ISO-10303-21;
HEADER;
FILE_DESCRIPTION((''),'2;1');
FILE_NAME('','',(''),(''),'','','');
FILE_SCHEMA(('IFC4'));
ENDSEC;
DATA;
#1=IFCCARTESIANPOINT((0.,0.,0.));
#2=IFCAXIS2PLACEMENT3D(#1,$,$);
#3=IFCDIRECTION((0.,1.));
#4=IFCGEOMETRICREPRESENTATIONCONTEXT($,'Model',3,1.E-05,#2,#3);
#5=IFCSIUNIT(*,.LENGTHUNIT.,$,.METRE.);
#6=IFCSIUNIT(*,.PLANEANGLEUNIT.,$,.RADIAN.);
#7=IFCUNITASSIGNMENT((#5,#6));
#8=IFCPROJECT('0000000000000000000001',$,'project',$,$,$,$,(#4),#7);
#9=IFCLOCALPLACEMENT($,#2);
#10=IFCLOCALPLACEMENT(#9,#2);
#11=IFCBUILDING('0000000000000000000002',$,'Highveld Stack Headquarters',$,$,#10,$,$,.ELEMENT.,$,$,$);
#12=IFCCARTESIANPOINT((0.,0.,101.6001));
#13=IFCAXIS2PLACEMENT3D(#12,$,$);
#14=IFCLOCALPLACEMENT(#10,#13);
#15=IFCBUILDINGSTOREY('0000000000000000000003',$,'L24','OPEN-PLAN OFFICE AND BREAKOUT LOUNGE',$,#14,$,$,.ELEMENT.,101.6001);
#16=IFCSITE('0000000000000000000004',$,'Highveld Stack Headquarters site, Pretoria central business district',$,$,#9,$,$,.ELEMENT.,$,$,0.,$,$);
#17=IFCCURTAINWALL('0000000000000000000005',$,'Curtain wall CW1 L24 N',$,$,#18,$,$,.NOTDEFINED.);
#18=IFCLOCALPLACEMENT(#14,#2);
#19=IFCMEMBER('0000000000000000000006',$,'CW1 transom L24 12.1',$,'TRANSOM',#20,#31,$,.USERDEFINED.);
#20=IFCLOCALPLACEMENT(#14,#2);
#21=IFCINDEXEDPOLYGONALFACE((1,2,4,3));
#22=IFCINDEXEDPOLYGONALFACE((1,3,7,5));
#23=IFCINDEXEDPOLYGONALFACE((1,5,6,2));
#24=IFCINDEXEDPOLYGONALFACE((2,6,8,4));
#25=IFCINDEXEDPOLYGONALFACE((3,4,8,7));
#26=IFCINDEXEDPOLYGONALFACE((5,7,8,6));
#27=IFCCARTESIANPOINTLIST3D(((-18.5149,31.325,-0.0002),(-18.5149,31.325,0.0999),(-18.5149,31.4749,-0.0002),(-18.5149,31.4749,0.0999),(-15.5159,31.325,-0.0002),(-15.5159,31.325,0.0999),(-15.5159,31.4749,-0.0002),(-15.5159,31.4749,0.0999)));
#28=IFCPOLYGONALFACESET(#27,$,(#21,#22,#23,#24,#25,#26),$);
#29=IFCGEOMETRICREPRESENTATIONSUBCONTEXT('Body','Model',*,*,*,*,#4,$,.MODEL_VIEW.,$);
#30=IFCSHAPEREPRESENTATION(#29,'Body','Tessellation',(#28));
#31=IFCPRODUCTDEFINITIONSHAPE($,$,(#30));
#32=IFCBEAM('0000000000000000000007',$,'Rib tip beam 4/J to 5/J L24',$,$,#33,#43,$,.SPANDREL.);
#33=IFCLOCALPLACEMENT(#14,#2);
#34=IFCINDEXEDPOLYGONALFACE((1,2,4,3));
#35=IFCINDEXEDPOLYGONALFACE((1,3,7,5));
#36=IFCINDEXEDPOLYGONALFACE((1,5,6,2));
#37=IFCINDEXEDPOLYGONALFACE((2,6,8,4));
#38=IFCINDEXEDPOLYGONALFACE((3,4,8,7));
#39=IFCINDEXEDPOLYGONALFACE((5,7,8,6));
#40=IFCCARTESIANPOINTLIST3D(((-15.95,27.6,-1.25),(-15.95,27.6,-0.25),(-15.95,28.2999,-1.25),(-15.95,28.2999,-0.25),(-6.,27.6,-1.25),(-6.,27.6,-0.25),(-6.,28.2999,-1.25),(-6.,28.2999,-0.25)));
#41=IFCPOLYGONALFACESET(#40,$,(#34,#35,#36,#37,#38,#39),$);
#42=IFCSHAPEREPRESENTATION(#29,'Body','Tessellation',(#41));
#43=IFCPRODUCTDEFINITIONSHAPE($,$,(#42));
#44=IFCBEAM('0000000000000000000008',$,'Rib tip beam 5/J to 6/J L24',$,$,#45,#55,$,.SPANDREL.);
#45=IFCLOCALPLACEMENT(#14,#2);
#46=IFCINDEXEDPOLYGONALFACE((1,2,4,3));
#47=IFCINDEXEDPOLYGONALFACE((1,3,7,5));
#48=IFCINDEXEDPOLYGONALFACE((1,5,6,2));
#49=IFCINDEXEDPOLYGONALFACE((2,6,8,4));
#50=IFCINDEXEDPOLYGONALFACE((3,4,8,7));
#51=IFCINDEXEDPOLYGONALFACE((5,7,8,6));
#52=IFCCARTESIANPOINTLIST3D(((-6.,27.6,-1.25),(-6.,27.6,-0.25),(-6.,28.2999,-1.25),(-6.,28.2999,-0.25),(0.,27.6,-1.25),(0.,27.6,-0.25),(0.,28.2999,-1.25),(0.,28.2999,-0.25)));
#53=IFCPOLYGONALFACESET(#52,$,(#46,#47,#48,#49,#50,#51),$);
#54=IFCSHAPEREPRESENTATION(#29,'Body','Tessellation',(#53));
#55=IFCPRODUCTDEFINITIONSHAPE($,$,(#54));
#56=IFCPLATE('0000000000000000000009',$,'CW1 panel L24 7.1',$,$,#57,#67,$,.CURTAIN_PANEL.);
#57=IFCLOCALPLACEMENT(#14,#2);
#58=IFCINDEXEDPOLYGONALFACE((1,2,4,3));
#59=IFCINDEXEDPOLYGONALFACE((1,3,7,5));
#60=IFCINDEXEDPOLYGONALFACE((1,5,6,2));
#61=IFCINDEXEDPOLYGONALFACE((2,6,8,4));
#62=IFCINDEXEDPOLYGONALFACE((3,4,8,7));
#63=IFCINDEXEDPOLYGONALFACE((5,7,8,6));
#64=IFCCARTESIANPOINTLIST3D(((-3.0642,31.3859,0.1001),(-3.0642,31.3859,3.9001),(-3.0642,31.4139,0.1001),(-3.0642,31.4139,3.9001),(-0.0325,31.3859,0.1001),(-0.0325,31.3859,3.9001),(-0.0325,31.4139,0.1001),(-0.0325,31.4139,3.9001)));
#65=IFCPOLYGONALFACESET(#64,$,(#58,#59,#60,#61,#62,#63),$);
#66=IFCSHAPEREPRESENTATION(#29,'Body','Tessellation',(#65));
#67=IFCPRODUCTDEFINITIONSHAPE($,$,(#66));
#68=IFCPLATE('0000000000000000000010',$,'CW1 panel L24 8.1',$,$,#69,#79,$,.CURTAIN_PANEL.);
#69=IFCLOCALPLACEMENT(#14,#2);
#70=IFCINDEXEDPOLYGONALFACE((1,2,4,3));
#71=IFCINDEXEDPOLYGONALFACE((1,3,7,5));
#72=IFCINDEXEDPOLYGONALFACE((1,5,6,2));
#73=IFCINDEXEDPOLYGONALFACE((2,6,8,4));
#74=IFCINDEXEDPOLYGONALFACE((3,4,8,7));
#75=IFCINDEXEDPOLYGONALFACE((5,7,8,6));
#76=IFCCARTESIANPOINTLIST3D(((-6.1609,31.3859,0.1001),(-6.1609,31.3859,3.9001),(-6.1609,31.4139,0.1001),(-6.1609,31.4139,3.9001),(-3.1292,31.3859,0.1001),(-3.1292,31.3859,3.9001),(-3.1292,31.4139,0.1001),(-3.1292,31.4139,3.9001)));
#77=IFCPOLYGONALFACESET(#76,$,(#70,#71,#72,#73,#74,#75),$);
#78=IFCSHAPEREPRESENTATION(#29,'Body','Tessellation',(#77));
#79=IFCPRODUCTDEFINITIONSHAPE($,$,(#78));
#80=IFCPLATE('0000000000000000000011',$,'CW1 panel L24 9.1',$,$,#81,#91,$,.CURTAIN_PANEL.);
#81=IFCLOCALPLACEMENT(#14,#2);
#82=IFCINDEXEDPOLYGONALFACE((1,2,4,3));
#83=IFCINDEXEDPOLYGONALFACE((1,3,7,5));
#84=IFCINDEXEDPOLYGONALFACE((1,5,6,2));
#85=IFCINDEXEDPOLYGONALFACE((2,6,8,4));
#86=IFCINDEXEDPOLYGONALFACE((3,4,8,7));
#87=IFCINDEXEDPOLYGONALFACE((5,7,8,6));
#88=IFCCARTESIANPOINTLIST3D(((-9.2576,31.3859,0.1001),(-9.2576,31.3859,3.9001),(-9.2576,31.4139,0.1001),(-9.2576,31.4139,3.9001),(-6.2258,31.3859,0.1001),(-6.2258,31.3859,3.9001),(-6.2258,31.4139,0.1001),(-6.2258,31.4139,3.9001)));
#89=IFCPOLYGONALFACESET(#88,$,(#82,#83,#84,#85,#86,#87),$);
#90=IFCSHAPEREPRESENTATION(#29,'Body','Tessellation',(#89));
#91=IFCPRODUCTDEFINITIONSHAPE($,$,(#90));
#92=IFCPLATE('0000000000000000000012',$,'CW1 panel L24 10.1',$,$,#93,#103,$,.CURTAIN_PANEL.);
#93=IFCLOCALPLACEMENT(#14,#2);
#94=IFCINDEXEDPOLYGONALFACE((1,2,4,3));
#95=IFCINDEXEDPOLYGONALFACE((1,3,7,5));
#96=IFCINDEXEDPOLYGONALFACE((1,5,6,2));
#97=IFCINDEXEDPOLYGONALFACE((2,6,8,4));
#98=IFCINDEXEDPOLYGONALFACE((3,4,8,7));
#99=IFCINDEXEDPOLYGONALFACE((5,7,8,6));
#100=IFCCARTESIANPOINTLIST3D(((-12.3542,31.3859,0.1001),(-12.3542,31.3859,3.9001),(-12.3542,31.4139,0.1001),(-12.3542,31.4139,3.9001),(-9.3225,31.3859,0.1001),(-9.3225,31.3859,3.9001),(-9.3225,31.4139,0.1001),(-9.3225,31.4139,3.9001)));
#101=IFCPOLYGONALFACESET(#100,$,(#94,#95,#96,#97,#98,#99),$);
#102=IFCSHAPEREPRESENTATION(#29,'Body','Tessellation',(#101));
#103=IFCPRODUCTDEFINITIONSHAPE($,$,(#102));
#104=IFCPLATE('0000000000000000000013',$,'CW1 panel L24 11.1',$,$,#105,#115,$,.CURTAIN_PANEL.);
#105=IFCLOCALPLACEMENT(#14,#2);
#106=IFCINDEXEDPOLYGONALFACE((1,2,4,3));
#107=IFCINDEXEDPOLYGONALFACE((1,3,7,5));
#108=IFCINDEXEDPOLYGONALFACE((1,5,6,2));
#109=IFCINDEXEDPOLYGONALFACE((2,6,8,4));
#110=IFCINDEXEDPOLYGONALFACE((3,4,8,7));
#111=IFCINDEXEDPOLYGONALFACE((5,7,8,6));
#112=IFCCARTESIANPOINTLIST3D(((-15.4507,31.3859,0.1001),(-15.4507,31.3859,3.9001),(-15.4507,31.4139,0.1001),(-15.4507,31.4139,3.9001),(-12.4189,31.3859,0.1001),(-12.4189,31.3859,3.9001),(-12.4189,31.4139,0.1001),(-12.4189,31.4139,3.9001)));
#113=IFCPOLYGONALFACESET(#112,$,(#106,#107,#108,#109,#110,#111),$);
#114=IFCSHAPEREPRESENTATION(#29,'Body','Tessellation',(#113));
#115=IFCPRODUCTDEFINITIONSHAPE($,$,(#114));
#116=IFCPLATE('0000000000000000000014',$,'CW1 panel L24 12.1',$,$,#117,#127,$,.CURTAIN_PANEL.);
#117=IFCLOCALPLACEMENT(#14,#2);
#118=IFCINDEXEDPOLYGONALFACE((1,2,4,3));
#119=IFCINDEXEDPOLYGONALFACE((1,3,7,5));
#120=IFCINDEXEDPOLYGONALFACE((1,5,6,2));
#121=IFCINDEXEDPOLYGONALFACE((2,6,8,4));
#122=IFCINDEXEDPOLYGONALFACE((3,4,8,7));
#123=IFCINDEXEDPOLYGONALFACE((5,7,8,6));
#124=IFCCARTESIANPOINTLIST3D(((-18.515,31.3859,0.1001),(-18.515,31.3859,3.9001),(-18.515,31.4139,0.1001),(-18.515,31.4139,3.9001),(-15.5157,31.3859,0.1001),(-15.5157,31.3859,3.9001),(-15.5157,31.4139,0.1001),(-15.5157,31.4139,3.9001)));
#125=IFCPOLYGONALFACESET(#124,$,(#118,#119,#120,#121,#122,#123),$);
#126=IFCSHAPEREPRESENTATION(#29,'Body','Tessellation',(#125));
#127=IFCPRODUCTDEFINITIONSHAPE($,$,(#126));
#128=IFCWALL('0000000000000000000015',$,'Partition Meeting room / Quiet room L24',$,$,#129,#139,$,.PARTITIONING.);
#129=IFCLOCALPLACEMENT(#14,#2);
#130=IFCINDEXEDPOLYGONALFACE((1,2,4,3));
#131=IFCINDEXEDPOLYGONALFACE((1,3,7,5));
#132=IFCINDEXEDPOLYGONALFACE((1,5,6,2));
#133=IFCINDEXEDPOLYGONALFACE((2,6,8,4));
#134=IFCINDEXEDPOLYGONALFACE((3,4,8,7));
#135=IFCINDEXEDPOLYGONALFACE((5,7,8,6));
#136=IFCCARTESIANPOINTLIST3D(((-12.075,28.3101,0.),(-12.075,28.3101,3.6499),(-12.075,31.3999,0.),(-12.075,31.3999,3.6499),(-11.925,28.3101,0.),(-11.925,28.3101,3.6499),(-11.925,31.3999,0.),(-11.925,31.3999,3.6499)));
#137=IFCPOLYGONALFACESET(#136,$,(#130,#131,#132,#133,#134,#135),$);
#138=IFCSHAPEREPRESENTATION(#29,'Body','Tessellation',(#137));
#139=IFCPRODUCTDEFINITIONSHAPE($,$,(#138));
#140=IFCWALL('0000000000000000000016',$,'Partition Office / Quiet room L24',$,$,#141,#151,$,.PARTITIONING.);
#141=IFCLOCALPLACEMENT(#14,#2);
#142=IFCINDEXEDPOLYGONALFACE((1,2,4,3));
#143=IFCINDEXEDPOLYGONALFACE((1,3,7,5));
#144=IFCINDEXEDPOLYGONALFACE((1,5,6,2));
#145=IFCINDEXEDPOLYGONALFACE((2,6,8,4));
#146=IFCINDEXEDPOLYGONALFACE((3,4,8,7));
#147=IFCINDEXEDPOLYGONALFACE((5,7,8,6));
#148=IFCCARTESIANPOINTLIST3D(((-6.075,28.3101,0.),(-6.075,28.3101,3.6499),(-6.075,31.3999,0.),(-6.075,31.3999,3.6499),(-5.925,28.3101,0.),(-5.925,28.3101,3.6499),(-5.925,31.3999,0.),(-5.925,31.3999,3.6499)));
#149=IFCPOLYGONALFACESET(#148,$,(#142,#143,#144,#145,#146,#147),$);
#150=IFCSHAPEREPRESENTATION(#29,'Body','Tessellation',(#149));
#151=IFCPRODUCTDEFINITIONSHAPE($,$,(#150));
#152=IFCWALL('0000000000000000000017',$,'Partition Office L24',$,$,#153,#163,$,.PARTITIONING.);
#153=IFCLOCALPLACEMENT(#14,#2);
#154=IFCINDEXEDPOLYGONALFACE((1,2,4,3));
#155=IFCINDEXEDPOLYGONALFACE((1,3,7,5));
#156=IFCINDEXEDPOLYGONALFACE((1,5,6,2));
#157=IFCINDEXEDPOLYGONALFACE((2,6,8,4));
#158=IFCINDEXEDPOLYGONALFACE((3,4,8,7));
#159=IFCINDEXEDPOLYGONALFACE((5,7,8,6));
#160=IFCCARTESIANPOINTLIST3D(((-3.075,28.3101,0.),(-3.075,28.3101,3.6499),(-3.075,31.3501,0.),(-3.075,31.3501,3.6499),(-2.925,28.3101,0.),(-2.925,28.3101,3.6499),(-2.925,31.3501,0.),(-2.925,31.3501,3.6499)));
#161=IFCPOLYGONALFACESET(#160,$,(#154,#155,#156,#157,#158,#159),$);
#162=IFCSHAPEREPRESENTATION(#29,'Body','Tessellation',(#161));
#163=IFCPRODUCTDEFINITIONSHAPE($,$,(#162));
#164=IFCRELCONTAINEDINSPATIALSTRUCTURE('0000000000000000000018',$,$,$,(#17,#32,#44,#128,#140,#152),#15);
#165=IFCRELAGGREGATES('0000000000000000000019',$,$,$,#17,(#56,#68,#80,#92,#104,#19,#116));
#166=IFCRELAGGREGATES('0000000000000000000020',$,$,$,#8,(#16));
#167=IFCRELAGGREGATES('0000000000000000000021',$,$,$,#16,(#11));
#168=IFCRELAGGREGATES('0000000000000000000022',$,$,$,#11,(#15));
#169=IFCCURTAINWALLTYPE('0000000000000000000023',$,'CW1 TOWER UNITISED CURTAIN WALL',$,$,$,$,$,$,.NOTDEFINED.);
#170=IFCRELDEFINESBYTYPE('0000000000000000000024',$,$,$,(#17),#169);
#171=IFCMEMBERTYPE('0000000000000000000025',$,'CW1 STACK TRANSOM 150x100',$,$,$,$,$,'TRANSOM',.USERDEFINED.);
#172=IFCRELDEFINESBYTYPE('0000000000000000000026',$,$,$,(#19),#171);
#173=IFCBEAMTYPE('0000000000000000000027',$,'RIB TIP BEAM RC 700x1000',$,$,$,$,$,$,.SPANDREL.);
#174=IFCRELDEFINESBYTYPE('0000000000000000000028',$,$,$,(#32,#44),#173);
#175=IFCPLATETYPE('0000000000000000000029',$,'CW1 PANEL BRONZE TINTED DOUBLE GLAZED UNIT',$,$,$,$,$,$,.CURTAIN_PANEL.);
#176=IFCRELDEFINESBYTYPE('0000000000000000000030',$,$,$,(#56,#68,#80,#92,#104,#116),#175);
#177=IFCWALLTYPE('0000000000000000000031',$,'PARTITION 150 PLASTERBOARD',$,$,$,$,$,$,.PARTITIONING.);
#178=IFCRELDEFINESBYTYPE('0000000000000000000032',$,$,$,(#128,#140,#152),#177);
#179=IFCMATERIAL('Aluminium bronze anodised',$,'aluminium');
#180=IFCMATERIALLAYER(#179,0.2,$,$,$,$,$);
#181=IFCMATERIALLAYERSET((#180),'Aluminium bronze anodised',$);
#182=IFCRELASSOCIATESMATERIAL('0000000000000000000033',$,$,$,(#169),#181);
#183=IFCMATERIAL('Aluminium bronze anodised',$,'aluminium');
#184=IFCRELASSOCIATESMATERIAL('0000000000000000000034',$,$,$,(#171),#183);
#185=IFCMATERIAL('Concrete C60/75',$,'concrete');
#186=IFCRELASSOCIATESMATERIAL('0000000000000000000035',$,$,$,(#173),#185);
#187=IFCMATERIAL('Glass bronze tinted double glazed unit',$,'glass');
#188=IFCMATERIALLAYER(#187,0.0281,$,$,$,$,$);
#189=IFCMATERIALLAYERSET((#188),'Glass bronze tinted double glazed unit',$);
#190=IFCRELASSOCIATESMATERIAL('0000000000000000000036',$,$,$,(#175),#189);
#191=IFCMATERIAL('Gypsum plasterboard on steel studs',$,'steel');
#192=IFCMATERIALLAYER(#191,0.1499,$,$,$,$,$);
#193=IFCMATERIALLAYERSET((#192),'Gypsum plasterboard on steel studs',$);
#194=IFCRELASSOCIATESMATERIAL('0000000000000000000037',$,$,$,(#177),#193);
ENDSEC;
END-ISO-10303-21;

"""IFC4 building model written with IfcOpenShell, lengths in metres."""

from ifc_helpers import new_model, si_unit, direction, frame, frame_2d, origin, origin_2d, place, context, subcontext, project, spatial, rectangle, extrude, material, layer, layer_set, material_profile, profile_set, type_object, element, aggregate, save


model = new_model("IFC4")

# Units and contexts
model_context = context("Model", 3, precision=1e-05, world=origin(), true_north=direction((0.0, 1.0)))
body_context = subcontext(model_context, "Body", "Model", "MODEL_VIEW")
ifc_project = project(units=[si_unit("LENGTHUNIT", "METRE"), si_unit("PLANEANGLEUNIT", "RADIAN")], contexts=[model_context])

# Site, building, storey
site_placement = place(None, origin())
site = spatial("IfcSite", under=ifc_project, at=site_placement, Name="Highveld Stack Headquarters site, Pretoria central business district", CompositionType="ELEMENT", RefElevation=0.0)
building_placement = place(site_placement, origin())
building = spatial("IfcBuilding", under=site, at=building_placement, Name="Highveld Stack Headquarters", CompositionType="ELEMENT")
storey_placement = place(building_placement, frame((0.0, 0.0, 101.6001)))
storey = spatial("IfcBuildingStorey", under=building, at=storey_placement, Name="L24", Description="OPEN-PLAN OFFICE AND BREAKOUT LOUNGE", CompositionType="ELEMENT", Elevation=101.6001)

# Curtain wall, member
ifc_material_1 = material(Name="Aluminium bronze anodised", Category="aluminium")
ifc_layer_1 = layer(ifc_material_1, 0.2)
ifc_layer_set_1 = layer_set([ifc_layer_1], Name="Aluminium bronze anodised")
curtain_wall_type = type_object("IfcCurtainWallType", Name="CW1 TOWER UNITISED CURTAIN WALL", PredefinedType="NOTDEFINED", material=ifc_layer_set_1)
curtain_wall_placement = place(storey_placement, origin())
curtain_wall = element("IfcCurtainWall", 1, at=curtain_wall_placement, inside=storey, type_object=curtain_wall_type, Name="Curtain wall CW1 L24 N", PredefinedType="NOTDEFINED")
ifc_material_2 = material(Name="Aluminium bronze anodised", Category="aluminium")
ifc_material_profile_1 = material_profile(ifc_material_2, rectangle(XDim=0.1499, YDim=0.1001, at=origin_2d()), Name="CW1 TRANSOM 150x100")
ifc_profile_set_1 = profile_set([ifc_material_profile_1], Name="Aluminium bronze anodised")
member_type_1 = type_object("IfcMemberType", Name="CW1 STACK TRANSOM 150x100", ElementType="TRANSOM", PredefinedType="USERDEFINED", material=ifc_profile_set_1)
member_1_placement = place(storey_placement, frame((-15.5159, 31.3999, 0.0498), z_axis=(-1.0, 0.0, 0.0), x_axis=(0.0, -1.0, 0.0)))
member_1 = element("IfcMember", 2, at=member_1_placement, type_object=member_type_1, Name="CW1 transom L24 12.1", ObjectType="TRANSOM", PredefinedType="USERDEFINED", context=body_context, shape_type="SweptSolid", body=[
    extrude(rectangle(XDim=0.1499, YDim=0.1001, at=origin_2d()), origin(), (0.0, 0.0, 1.0), 2.999),
])

# Beams
ifc_material_3 = material(Name="Concrete C60/75", Category="concrete")
ifc_material_profile_2 = material_profile(ifc_material_3, rectangle(XDim=0.7, YDim=1.0, at=origin_2d()), Name="RC 700x1000")
ifc_profile_set_2 = profile_set([ifc_material_profile_2], Name="Concrete C60/75")
beam_type = type_object("IfcBeamType", Name="RIB TIP BEAM RC 700x1000", PredefinedType="SPANDREL", material=ifc_profile_set_2)
beam_1_placement = place(storey_placement, frame((-15.95, 27.95, -0.75), z_axis=(1.0, 0.0, 0.0), x_axis=(0.0, 1.0, 0.0)))
element("IfcBeam", 3, at=beam_1_placement, inside=storey, type_object=beam_type, Name="Rib tip beam 4/J to 5/J L24", PredefinedType="SPANDREL", context=body_context, shape_type="SweptSolid", body=[
    extrude(rectangle(XDim=0.7, YDim=1.0, at=origin_2d()), origin(), (0.0, 0.0, 1.0), 9.95),
])
beam_2_placement = place(storey_placement, frame((-6.0, 27.95, -0.75), z_axis=(1.0, 0.0, 0.0), x_axis=(0.0, 1.0, 0.0)))
element("IfcBeam", 4, at=beam_2_placement, inside=storey, type_object=beam_type, Name="Rib tip beam 5/J to 6/J L24", PredefinedType="SPANDREL", context=body_context, shape_type="SweptSolid", body=[
    extrude(rectangle(XDim=0.7, YDim=1.0, at=origin_2d()), origin(), (0.0, 0.0, 1.0), 6.0),
])

# Plates
ifc_material_4 = material(Name="Glass bronze tinted double glazed unit", Category="glass")
ifc_layer_2 = layer(ifc_material_4, 0.0281)
ifc_layer_set_2 = layer_set([ifc_layer_2], Name="Glass bronze tinted double glazed unit")
plate_type = type_object("IfcPlateType", Name="CW1 PANEL BRONZE TINTED DOUBLE GLAZED UNIT", PredefinedType="CURTAIN_PANEL", material=ifc_layer_set_2)
plate_1_placement = place(storey_placement, frame((-1.5483, 31.3999, 0.1001), z_axis=(0.0, 0.0, 1.0), x_axis=(-1.0, 0.0, 0.0)))
plate_1 = element("IfcPlate", 5, at=plate_1_placement, type_object=plate_type, Name="CW1 panel L24 7.1", PredefinedType="CURTAIN_PANEL", context=body_context, shape_type="SweptSolid", body=[
    extrude(rectangle(XDim=3.0317, YDim=0.0281, at=origin_2d()), origin(), (0.0, 0.0, 1.0), 3.8),
])
plate_2_placement = place(storey_placement, frame((-4.645, 31.3999, 0.1001), z_axis=(0.0, 0.0, 1.0), x_axis=(-1.0, 0.0, 0.0)))
plate_2 = element("IfcPlate", 6, at=plate_2_placement, type_object=plate_type, Name="CW1 panel L24 8.1", PredefinedType="CURTAIN_PANEL", context=body_context, shape_type="SweptSolid", body=[
    extrude(rectangle(XDim=3.0317, YDim=0.0281, at=origin_2d()), origin(), (0.0, 0.0, 1.0), 3.8),
])
plate_3_placement = place(storey_placement, frame((-7.7417, 31.3999, 0.1001), z_axis=(0.0, 0.0, 1.0), x_axis=(-1.0, 0.0, 0.0)))
plate_3 = element("IfcPlate", 7, at=plate_3_placement, type_object=plate_type, Name="CW1 panel L24 9.1", PredefinedType="CURTAIN_PANEL", context=body_context, shape_type="SweptSolid", body=[
    extrude(rectangle(XDim=3.0317, YDim=0.0281, at=origin_2d()), origin(), (0.0, 0.0, 1.0), 3.8),
])
plate_4_placement = place(storey_placement, frame((-10.8384, 31.3999, 0.1001), z_axis=(0.0, 0.0, 1.0), x_axis=(-1.0, 0.0, 0.0)))
plate_4 = element("IfcPlate", 8, at=plate_4_placement, type_object=plate_type, Name="CW1 panel L24 10.1", PredefinedType="CURTAIN_PANEL", context=body_context, shape_type="SweptSolid", body=[
    extrude(rectangle(XDim=3.0317, YDim=0.0281, at=origin_2d()), origin(), (0.0, 0.0, 1.0), 3.8),
])
plate_5_placement = place(storey_placement, frame((-13.9348, 31.3999, 0.1001), z_axis=(0.0, 0.0, 1.0), x_axis=(-1.0, 0.0, 0.0)))
plate_5 = element("IfcPlate", 9, at=plate_5_placement, type_object=plate_type, Name="CW1 panel L24 11.1", PredefinedType="CURTAIN_PANEL", context=body_context, shape_type="SweptSolid", body=[
    extrude(rectangle(XDim=3.0317, YDim=0.0281, at=origin_2d()), origin(), (0.0, 0.0, 1.0), 3.8),
])
plate_6_placement = place(storey_placement, frame((-17.0154, 31.3999, 0.1001), z_axis=(0.0, 0.0, 1.0), x_axis=(-1.0, 0.0, 0.0)))
plate_6 = element("IfcPlate", 10, at=plate_6_placement, type_object=plate_type, Name="CW1 panel L24 12.1", PredefinedType="CURTAIN_PANEL", context=body_context, shape_type="SweptSolid", body=[
    extrude(rectangle(XDim=2.9993, YDim=0.0281, at=origin_2d()), origin(), (0.0, 0.0, 1.0), 3.8),
])
aggregate(curtain_wall, [plate_1, plate_2, plate_3, plate_4, plate_5, member_1, plate_6])

# Walls
ifc_material_5 = material(Name="Gypsum plasterboard on steel studs", Category="steel")
ifc_layer_3 = layer(ifc_material_5, 0.1499)
ifc_layer_set_3 = layer_set([ifc_layer_3], Name="Gypsum plasterboard on steel studs")
wall_type = type_object("IfcWallType", Name="PARTITION 150 PLASTERBOARD", PredefinedType="PARTITIONING", material=ifc_layer_set_3)
for number, where, z_axis, x_axis, name in (
    (11, (-12.0, 28.3101, 0.0), (0.0, 0.0, 1.0), (0.0, 1.0, 0.0), "Partition Meeting room / Quiet room L24"),
    (12, (-6.0, 28.3101, 0.0), (0.0, 0.0, 1.0), (0.0, 1.0, 0.0), "Partition Office / Quiet room L24"),
):
    element("IfcWall", number, at=place(storey_placement, frame(where, z_axis=z_axis, x_axis=x_axis)), inside=storey, type_object=wall_type, Name=name, PredefinedType="PARTITIONING", context=body_context, shape_type="SweptSolid", body=[
        extrude(rectangle(XDim=3.0898, YDim=0.1499, at=frame_2d((1.5449, 0.0))), origin(), (0.0, 0.0, 1.0), 3.6499),
    ])
wall_placement = place(storey_placement, frame((-3.0, 28.3101, 0.0), z_axis=(0.0, 0.0, 1.0), x_axis=(0.0, 1.0, 0.0)))
element("IfcWall", 13, at=wall_placement, inside=storey, type_object=wall_type, Name="Partition Office L24", PredefinedType="PARTITIONING", context=body_context, shape_type="SweptSolid", body=[
    extrude(rectangle(XDim=3.04, YDim=0.1499, at=frame_2d((1.52, 0.0))), origin(), (0.0, 0.0, 1.0), 3.6499),
])

save(model, "model.ifc")
